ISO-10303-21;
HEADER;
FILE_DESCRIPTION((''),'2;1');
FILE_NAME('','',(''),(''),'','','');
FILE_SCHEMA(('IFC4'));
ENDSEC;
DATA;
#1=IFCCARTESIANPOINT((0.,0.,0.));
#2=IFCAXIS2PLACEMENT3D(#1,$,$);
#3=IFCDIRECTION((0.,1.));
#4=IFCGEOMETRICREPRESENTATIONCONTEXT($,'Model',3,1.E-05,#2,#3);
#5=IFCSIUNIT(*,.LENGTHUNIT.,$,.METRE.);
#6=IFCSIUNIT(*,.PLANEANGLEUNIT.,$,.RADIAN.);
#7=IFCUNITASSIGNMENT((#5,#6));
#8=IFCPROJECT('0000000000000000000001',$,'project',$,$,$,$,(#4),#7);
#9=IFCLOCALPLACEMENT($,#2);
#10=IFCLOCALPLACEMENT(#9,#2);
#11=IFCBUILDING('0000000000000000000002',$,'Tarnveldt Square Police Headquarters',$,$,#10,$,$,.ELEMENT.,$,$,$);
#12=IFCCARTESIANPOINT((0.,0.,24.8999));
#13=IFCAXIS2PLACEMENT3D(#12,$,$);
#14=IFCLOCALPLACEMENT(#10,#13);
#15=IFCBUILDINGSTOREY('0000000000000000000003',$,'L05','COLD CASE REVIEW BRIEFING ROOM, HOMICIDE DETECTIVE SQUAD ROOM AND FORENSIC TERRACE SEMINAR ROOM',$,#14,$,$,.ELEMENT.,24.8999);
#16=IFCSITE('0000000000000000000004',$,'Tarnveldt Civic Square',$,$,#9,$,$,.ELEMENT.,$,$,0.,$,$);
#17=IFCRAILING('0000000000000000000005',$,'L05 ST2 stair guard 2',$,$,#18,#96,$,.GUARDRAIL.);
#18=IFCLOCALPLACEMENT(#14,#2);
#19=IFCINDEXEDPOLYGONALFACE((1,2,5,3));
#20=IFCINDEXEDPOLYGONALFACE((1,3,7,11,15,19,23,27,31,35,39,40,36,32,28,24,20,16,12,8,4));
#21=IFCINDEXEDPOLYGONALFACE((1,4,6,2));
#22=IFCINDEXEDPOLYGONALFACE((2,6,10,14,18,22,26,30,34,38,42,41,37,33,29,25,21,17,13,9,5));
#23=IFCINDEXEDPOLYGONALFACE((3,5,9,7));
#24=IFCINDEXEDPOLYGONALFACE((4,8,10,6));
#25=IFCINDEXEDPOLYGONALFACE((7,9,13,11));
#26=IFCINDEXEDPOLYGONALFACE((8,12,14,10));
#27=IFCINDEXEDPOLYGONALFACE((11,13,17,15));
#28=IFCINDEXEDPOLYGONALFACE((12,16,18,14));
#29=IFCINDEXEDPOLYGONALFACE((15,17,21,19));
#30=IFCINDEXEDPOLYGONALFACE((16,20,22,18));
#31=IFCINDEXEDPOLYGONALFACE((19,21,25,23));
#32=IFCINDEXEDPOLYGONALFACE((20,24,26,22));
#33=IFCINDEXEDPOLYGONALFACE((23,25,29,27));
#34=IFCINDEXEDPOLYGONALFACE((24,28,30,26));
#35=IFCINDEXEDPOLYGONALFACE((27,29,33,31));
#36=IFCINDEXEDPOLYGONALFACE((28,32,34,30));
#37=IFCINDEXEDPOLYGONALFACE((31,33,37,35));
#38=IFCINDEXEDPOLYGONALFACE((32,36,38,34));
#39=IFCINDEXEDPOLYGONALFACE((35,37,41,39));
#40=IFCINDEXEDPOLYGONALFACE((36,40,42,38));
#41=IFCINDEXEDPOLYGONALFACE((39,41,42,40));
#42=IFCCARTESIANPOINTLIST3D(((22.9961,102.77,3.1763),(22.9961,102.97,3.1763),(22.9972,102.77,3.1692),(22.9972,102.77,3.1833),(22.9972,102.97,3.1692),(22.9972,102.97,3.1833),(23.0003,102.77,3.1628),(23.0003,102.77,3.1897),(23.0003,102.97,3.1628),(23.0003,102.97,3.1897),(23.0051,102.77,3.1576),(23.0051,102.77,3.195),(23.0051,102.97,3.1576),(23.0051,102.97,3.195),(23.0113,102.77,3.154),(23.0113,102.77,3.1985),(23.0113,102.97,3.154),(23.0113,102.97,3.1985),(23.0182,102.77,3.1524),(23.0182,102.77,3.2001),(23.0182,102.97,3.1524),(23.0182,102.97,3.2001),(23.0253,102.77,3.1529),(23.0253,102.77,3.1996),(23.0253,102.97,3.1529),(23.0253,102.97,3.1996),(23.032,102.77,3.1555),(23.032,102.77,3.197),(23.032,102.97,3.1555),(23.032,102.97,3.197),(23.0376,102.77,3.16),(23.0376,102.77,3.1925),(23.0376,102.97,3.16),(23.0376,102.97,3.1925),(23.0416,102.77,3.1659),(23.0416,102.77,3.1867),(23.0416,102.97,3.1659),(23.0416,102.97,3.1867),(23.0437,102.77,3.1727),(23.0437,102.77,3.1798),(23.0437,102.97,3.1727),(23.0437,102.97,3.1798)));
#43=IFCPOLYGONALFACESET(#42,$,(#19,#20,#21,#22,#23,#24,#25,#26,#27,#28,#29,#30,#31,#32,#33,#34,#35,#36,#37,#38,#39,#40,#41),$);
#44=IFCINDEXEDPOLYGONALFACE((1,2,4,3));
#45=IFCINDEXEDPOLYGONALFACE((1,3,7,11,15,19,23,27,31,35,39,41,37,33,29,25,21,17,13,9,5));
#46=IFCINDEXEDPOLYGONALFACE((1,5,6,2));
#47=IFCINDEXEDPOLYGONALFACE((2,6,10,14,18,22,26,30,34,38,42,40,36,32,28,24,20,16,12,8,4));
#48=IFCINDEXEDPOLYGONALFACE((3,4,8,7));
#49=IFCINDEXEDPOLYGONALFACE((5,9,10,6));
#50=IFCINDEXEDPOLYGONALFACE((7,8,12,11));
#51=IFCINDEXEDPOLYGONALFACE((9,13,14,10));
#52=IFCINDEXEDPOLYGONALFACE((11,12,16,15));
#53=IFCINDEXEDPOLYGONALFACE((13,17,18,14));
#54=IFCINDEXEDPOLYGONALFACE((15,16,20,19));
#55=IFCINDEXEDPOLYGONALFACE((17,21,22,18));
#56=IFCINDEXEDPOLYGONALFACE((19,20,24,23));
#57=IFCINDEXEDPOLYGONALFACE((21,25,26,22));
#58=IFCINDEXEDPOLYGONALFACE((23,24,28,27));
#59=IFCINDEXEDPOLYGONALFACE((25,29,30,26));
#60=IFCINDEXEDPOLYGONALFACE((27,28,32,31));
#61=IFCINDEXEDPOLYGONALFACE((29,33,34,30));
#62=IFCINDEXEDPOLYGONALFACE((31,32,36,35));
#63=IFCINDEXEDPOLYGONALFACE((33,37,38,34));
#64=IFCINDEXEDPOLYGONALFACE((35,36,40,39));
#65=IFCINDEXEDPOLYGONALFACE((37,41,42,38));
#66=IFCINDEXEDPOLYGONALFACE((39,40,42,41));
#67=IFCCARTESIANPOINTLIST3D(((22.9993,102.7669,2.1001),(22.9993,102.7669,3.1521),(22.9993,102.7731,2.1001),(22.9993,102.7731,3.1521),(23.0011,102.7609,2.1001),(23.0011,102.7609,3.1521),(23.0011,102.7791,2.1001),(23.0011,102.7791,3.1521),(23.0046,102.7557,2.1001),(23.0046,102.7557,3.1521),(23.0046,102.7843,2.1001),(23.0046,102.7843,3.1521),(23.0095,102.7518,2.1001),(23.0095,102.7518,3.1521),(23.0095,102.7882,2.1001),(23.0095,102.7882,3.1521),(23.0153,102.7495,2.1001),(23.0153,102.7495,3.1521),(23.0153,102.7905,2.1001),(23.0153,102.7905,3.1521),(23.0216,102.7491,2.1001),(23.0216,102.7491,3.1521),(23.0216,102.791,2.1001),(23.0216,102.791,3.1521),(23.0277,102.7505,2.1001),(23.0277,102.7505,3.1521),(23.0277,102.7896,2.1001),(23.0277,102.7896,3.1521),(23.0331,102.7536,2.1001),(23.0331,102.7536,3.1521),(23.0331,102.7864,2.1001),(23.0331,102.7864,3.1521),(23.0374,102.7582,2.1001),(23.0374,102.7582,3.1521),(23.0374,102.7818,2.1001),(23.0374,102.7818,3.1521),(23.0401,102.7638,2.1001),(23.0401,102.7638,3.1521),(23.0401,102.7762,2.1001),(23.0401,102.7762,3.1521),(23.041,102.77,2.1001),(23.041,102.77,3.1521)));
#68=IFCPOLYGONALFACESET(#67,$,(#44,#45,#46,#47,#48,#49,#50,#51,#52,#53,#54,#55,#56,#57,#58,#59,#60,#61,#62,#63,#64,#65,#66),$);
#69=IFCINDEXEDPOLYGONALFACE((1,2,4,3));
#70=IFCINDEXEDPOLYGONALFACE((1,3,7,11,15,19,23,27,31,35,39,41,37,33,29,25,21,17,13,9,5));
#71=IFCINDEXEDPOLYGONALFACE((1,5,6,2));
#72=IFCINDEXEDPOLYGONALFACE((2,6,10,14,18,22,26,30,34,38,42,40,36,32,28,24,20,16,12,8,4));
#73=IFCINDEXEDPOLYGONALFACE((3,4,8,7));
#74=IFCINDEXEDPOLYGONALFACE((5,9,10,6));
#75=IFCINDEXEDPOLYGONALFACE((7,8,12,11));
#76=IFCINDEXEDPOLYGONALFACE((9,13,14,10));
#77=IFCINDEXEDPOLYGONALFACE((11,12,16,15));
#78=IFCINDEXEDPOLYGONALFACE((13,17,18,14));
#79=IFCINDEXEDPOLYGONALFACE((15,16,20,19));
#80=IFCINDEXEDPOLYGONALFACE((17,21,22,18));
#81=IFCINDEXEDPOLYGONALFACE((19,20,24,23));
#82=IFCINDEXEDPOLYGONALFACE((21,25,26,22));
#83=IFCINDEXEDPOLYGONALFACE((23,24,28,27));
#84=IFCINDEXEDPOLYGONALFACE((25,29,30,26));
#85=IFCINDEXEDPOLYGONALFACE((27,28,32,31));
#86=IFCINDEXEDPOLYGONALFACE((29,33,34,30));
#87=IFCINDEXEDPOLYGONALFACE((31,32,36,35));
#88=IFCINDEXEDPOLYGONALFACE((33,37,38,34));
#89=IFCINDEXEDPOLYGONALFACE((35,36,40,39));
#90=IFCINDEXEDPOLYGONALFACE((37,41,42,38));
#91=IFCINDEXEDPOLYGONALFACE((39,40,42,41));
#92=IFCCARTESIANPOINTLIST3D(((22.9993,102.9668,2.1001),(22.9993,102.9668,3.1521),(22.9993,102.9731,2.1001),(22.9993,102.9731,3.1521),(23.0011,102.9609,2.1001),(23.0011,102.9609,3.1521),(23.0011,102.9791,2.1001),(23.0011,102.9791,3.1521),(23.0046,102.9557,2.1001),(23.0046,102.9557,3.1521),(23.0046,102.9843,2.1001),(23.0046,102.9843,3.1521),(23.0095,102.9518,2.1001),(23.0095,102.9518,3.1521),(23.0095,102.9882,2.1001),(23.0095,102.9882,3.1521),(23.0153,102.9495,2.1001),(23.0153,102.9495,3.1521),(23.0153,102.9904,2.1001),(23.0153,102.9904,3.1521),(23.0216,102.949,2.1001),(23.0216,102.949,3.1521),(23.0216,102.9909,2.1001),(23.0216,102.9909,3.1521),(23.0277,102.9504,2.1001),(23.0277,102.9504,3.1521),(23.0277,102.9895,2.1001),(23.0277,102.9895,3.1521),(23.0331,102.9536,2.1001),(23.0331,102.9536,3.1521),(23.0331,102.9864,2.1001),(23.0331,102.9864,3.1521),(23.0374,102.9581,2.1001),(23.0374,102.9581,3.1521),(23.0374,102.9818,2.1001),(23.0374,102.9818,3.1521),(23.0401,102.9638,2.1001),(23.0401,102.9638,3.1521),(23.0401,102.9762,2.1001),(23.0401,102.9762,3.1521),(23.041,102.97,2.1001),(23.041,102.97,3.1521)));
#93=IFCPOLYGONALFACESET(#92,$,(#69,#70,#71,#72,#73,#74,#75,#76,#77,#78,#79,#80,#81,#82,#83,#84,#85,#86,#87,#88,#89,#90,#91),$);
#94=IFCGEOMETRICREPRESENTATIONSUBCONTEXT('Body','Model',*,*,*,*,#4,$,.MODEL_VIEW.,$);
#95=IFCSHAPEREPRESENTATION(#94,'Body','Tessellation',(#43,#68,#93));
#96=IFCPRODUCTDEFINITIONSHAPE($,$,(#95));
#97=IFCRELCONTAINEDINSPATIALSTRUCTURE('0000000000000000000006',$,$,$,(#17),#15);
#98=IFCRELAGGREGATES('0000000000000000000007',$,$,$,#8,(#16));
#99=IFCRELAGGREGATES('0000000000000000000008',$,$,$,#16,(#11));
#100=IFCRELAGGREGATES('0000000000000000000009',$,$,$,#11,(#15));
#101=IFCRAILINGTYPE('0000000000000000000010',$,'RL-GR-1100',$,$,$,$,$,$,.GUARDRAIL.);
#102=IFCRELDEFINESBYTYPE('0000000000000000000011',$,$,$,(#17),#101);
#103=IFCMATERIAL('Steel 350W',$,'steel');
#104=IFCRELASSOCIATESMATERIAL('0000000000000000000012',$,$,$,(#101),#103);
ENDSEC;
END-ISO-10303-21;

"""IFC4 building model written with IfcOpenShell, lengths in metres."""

from ifc_helpers import new_model, si_unit, direction, frame, origin, origin_2d, place, context, subcontext, project, spatial, circle, extrude, material, type_object, element, save


model = new_model("IFC4")

# Units and contexts
model_context = context("Model", 3, precision=1e-05, world=origin(), true_north=direction((0.0, 1.0)))
body_context = subcontext(model_context, "Body", "Model", "MODEL_VIEW")
ifc_project = project(units=[si_unit("LENGTHUNIT", "METRE"), si_unit("PLANEANGLEUNIT", "RADIAN")], contexts=[model_context])

# Site, building, storey
site_placement = place(None, origin())
site = spatial("IfcSite", under=ifc_project, at=site_placement, Name="Tarnveldt Civic Square", CompositionType="ELEMENT", RefElevation=0.0)
building_placement = place(site_placement, origin())
building = spatial("IfcBuilding", under=site, at=building_placement, Name="Tarnveldt Square Police Headquarters", CompositionType="ELEMENT")
storey_placement = place(building_placement, frame((0.0, 0.0, 24.8999)))
storey = spatial("IfcBuildingStorey", under=building, at=storey_placement, Name="L05", Description="COLD CASE REVIEW BRIEFING ROOM, HOMICIDE DETECTIVE SQUAD ROOM AND FORENSIC TERRACE SEMINAR ROOM", CompositionType="ELEMENT", Elevation=24.8999)

# Shared definitions
ifc_material_1 = material(Name="Steel 350W", Category="steel")

# Railing
railing_type_1 = type_object("IfcRailingType", Name="RL-GR-1100", PredefinedType="GUARDRAIL", material=ifc_material_1)
railing_1_placement = place(storey_placement, frame((23.02, 102.77, 2.1001)))
element("IfcRailing", 1, at=railing_1_placement, inside=storey, type_object=railing_type_1, Name="L05 ST2 stair guard 2", PredefinedType="GUARDRAIL", context=body_context, shape_type="SweptSolid", body=[
    extrude(circle(Radius=0.0239, at=origin_2d()), frame((0.0, 0.0, 1.0762), z_axis=(0.0, 1.0, 0.0), x_axis=(-1.0, 0.0, 0.0)), (0.0, 0.0, 1.0), 0.2),
    extrude(circle(Radius=0.021, at=origin_2d()), origin(), (0.0, 0.0, 1.0), 1.052),
    extrude(circle(Radius=0.021, at=origin_2d()), frame((0.0, 0.2, 0.0)), (0.0, 0.0, 1.0), 1.052),
])

save(model, "model.ifc")
